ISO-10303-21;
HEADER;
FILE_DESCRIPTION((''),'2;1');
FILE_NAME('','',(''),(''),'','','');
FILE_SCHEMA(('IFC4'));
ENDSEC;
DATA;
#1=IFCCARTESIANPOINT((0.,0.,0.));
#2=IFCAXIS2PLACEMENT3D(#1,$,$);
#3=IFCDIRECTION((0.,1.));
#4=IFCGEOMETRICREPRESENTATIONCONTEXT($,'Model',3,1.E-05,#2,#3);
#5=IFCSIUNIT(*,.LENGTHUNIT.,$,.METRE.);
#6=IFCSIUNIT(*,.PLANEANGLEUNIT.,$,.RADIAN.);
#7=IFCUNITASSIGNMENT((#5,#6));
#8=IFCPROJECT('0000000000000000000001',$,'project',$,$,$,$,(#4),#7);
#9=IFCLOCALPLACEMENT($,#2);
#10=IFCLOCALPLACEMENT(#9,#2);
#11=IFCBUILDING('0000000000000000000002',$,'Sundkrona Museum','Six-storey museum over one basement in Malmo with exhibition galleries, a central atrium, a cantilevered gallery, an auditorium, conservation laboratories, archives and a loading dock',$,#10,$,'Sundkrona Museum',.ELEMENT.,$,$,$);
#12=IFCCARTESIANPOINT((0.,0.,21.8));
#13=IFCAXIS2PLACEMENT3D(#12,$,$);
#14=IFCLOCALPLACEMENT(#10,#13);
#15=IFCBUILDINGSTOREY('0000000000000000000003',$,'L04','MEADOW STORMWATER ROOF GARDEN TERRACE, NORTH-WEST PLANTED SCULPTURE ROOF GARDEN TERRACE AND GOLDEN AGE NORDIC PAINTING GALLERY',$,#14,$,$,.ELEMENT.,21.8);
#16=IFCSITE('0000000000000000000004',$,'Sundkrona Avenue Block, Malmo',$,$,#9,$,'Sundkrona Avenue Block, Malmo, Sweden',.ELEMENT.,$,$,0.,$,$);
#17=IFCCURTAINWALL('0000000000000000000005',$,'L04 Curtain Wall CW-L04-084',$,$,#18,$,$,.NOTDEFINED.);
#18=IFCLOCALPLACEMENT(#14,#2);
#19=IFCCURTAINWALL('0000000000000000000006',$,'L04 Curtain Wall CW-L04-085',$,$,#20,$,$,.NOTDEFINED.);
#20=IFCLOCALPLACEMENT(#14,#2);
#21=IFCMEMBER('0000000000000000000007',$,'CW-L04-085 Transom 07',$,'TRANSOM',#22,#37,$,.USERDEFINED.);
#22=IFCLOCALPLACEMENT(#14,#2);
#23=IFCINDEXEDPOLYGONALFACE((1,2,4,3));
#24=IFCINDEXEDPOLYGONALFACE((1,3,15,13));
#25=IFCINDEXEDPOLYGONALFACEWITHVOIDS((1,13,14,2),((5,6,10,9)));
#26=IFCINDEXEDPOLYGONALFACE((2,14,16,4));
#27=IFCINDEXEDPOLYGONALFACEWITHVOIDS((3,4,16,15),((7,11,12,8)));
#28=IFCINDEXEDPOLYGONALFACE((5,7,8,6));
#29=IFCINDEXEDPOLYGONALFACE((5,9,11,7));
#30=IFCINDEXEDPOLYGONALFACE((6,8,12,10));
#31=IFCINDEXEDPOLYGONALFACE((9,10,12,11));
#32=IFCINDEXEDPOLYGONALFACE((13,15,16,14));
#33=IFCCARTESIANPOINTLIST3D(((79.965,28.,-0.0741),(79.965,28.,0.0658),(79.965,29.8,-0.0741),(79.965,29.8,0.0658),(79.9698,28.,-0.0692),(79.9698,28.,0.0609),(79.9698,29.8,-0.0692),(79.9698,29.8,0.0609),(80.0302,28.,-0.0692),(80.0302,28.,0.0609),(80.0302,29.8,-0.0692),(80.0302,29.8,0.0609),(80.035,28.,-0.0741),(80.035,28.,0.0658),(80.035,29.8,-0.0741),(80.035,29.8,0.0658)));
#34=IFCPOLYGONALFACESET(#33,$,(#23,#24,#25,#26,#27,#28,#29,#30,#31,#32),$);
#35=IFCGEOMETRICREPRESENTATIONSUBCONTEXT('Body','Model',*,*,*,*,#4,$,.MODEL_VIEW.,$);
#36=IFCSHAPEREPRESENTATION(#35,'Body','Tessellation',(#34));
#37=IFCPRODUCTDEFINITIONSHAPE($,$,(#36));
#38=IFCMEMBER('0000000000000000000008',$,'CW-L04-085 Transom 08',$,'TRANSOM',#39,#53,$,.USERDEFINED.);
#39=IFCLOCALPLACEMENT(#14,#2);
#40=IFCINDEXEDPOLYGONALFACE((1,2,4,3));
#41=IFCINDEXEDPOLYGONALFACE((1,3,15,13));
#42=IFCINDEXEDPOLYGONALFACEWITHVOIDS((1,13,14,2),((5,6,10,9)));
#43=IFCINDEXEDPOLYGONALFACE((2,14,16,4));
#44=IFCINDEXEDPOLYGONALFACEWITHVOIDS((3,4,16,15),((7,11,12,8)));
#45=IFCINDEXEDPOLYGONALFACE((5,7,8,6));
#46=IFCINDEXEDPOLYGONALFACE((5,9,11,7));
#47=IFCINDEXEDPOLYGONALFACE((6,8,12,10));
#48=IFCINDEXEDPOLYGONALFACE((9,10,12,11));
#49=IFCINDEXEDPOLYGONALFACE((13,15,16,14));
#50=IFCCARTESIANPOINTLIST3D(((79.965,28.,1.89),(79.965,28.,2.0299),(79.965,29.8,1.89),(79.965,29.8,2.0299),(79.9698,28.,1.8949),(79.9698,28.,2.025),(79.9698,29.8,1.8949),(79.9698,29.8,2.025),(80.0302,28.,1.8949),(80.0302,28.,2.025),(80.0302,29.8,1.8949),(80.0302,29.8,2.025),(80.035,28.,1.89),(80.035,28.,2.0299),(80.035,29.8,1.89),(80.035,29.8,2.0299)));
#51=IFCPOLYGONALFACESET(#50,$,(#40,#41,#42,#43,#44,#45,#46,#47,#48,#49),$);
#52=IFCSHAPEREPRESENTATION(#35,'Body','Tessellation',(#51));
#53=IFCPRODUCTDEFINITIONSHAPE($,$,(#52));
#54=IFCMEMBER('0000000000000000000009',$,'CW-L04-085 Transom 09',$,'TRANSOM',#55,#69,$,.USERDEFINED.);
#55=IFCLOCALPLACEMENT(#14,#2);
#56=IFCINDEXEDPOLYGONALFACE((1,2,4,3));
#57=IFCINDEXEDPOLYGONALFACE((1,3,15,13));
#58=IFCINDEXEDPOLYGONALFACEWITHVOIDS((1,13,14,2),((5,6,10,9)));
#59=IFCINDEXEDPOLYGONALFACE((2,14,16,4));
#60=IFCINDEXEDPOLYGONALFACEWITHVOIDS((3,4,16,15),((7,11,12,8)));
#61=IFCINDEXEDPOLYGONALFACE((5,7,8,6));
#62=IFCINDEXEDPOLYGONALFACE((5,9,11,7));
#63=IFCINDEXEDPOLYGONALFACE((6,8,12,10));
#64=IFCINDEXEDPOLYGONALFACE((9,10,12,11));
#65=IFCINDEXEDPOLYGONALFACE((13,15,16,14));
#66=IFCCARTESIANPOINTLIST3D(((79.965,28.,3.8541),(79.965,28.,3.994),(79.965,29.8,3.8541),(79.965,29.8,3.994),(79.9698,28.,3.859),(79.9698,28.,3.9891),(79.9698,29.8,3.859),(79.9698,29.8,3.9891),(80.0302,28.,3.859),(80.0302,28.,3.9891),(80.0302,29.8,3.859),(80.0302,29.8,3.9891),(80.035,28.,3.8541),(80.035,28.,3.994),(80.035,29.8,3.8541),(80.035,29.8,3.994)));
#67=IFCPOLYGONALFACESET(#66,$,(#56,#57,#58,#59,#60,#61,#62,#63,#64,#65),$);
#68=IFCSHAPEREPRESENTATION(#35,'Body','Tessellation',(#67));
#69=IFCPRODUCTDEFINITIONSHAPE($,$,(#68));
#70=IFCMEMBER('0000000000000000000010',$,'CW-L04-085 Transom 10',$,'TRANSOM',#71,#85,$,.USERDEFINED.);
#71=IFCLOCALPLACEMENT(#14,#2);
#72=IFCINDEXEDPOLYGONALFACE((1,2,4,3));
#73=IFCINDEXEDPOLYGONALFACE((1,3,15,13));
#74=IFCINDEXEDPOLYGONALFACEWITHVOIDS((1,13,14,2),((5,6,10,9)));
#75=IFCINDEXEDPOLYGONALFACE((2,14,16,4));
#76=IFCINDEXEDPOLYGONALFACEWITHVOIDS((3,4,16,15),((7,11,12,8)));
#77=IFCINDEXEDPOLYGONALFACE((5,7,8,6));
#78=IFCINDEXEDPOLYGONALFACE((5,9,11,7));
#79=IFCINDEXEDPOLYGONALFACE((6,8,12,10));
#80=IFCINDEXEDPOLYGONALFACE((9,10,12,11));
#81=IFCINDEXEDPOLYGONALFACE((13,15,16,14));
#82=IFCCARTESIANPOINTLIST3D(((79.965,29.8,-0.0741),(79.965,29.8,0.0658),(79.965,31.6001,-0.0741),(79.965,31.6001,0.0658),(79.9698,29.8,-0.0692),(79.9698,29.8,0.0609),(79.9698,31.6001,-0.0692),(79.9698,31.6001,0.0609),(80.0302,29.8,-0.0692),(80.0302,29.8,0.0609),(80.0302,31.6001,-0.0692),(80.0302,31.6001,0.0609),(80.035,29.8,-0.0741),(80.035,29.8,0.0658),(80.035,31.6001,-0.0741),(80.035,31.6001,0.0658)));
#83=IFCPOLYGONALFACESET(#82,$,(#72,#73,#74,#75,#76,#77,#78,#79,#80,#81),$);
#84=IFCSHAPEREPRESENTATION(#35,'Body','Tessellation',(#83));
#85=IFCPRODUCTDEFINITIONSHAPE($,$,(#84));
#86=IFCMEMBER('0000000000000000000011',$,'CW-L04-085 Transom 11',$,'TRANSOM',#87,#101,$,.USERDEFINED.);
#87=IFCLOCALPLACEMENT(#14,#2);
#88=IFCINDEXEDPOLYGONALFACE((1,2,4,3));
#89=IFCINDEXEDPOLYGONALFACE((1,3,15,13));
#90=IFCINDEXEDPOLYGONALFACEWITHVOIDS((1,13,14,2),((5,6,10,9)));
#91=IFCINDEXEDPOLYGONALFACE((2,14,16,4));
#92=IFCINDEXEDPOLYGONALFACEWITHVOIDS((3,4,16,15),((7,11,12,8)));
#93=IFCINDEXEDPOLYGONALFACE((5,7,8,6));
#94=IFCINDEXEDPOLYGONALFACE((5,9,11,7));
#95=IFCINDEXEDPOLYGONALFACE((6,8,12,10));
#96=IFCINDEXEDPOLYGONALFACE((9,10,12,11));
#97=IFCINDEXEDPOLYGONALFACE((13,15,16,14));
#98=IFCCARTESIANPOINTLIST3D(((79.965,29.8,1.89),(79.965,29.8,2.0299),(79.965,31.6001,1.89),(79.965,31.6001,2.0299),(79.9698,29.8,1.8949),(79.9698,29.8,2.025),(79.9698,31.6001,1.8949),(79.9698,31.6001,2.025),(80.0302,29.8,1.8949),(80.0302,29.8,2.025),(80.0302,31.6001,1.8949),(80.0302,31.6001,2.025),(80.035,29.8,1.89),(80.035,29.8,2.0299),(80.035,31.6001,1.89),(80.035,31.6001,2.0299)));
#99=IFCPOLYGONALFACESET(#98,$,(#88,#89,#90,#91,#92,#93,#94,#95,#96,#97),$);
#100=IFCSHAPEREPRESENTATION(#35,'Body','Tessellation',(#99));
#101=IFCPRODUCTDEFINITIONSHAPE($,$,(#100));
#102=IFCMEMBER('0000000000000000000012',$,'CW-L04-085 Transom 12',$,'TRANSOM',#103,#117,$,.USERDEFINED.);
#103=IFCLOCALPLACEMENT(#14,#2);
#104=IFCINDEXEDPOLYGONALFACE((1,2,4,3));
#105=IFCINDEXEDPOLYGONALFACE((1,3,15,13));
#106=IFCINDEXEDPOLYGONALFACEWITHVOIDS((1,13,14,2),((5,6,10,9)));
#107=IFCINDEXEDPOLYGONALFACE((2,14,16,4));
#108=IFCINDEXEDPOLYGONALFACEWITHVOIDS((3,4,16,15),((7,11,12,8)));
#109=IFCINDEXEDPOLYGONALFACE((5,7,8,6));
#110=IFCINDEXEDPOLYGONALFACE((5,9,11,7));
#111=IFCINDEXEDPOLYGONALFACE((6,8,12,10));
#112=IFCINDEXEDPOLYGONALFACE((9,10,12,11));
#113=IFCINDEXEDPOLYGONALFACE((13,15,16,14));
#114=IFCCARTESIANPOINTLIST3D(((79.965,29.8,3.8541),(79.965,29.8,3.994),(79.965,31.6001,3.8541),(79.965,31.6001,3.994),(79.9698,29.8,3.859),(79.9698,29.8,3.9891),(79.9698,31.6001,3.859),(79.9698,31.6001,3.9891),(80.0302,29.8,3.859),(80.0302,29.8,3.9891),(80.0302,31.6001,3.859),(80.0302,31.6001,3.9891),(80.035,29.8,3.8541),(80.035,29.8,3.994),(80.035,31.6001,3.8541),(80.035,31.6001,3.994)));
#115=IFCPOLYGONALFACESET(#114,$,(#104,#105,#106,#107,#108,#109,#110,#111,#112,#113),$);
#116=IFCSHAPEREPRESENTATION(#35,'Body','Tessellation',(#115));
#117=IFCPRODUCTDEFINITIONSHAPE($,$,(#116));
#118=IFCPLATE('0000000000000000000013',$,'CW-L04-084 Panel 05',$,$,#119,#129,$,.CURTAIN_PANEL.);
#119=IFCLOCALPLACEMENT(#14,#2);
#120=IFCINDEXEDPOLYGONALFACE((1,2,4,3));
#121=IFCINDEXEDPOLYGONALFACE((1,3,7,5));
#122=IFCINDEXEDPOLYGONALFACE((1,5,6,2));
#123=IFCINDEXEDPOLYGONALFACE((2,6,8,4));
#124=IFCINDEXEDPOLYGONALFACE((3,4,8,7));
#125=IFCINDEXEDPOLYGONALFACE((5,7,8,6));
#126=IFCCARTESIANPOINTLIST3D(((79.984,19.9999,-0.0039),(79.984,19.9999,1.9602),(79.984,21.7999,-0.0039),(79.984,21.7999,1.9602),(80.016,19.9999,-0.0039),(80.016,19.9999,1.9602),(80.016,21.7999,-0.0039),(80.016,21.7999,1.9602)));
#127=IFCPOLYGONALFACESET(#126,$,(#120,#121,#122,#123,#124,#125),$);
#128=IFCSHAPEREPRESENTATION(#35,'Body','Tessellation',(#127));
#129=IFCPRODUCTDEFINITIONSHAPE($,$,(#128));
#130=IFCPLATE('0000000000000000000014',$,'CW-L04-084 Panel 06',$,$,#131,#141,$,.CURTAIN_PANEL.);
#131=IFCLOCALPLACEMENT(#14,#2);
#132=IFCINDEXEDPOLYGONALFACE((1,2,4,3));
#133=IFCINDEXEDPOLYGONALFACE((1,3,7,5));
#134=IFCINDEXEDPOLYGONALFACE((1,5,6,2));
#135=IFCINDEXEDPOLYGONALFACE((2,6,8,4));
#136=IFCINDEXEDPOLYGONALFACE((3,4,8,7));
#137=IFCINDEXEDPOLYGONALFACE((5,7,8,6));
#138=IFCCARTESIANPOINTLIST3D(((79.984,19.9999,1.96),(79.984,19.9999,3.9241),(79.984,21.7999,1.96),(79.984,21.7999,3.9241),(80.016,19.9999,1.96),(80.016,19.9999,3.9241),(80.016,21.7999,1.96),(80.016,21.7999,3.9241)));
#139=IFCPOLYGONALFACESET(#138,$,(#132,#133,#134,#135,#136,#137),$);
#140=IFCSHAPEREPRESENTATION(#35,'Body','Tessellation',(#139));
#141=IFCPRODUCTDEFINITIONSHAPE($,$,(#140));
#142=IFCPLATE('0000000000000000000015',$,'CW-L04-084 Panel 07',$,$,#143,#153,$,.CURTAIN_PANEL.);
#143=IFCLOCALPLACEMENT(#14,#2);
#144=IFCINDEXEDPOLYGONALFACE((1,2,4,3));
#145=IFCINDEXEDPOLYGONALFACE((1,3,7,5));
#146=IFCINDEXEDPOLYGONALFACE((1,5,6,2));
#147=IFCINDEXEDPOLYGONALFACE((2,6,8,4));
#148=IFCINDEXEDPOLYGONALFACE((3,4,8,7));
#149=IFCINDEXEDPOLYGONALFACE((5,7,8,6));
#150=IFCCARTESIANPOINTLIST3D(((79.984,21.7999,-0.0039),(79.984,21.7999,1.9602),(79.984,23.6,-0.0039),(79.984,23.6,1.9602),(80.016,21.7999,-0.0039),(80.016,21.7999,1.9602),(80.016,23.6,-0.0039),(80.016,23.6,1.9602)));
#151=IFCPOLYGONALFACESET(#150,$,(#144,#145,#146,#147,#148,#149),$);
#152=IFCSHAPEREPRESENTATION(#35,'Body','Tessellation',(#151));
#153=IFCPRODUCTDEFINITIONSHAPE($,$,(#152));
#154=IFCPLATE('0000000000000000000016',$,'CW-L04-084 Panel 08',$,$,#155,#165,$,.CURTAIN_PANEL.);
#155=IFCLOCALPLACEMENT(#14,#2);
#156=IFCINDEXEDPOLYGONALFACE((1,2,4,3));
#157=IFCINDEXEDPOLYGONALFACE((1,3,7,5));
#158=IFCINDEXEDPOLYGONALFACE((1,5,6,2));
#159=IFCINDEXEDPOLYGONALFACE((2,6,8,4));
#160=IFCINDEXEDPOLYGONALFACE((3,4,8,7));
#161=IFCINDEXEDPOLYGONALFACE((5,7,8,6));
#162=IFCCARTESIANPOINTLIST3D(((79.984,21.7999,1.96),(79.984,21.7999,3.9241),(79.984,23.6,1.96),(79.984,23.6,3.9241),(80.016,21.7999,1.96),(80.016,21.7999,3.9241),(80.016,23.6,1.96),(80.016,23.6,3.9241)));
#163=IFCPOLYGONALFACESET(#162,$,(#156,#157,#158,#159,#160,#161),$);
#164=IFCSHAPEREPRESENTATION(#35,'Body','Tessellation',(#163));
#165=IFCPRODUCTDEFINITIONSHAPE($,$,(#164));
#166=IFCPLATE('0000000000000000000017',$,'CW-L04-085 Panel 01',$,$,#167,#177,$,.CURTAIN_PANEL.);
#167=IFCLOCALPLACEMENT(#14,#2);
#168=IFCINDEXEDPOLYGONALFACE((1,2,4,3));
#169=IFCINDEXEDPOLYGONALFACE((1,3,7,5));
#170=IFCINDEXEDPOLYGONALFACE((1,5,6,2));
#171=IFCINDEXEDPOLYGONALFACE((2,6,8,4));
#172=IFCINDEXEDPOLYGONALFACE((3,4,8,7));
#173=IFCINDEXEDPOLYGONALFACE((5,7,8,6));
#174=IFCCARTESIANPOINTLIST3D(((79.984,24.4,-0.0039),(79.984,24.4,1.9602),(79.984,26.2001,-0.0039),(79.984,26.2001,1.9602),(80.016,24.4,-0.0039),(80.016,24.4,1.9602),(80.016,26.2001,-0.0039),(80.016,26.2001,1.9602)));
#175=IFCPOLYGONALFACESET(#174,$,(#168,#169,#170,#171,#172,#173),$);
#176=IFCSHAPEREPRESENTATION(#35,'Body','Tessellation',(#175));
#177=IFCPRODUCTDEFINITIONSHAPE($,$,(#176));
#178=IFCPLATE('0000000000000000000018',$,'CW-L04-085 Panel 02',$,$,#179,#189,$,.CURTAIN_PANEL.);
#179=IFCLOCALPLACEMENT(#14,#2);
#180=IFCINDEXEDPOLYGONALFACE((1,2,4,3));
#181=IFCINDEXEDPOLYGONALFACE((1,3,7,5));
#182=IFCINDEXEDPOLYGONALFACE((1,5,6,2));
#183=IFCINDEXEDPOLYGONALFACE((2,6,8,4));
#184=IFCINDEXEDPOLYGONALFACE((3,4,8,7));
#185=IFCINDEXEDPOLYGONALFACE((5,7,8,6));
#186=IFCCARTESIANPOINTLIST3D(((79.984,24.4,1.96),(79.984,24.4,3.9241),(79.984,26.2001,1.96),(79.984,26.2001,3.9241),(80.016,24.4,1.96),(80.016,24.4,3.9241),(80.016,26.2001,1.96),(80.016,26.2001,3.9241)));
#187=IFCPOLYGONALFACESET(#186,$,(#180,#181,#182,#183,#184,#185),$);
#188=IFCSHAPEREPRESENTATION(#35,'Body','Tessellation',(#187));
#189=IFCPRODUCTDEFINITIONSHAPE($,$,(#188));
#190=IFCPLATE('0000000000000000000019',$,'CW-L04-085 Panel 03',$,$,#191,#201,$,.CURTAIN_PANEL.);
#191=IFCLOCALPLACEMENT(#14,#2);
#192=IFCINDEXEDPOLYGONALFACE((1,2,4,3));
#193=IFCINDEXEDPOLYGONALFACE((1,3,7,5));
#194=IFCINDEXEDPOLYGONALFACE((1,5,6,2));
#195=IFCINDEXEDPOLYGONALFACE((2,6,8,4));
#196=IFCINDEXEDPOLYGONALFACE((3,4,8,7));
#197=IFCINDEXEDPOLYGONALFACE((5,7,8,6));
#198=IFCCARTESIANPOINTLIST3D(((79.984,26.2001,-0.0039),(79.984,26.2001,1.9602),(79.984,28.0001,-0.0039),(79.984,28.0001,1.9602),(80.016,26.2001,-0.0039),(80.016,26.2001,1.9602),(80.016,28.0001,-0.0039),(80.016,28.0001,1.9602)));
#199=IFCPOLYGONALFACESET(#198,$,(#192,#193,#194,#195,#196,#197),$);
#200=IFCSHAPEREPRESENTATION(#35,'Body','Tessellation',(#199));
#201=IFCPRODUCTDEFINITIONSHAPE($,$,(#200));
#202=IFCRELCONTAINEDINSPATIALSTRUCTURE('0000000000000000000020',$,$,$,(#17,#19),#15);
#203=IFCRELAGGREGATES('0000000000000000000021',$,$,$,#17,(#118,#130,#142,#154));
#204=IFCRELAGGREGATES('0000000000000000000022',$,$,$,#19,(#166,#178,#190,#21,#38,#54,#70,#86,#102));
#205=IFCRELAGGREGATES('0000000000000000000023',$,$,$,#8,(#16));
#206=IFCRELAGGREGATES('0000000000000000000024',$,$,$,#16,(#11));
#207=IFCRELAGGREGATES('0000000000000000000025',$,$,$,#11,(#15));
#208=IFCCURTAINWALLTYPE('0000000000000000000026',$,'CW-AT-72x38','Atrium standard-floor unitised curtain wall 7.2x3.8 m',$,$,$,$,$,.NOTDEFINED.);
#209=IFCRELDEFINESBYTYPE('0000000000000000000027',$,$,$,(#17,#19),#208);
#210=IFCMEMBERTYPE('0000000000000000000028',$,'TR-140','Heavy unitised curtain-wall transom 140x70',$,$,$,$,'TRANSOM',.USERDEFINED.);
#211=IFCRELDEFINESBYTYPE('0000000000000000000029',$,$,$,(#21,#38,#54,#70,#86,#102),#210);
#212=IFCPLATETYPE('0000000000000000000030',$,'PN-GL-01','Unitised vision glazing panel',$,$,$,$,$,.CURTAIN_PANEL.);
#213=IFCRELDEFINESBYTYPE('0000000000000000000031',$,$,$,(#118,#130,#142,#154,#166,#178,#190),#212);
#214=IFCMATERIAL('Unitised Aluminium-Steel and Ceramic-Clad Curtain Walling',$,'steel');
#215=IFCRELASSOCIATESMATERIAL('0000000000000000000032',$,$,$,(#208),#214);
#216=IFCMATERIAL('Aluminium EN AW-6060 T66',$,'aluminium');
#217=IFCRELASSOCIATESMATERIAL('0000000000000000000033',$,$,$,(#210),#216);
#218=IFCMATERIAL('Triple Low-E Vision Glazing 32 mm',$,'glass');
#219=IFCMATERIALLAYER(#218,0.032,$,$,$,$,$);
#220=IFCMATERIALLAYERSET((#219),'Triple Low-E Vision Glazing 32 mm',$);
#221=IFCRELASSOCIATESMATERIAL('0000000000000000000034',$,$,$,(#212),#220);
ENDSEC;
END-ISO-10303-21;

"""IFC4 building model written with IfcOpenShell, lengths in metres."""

from ifc_helpers import new_model, si_unit, direction, frame, origin, origin_2d, place, context, subcontext, project, spatial, rectangle, hollow_rectangle, extrude, material, layer, layer_set, material_profile, profile_set, type_object, element, aggregate, save


model = new_model("IFC4")

# Units and contexts
model_context = context("Model", 3, precision=1e-05, world=origin(), true_north=direction((0.0, 1.0)))
body_context = subcontext(model_context, "Body", "Model", "MODEL_VIEW")
ifc_project = project(units=[si_unit("LENGTHUNIT", "METRE"), si_unit("PLANEANGLEUNIT", "RADIAN")], contexts=[model_context])

# Site, building, storey
site_placement = place(None, origin())
site = spatial("IfcSite", under=ifc_project, at=site_placement, Name="Sundkrona Avenue Block, Malmo", LongName="Sundkrona Avenue Block, Malmo, Sweden", CompositionType="ELEMENT", RefElevation=0.0)
building_placement = place(site_placement, origin())
building = spatial("IfcBuilding", under=site, at=building_placement, Name="Sundkrona Museum", Description="Six-storey museum over one basement in Malmo with exhibition galleries, a central atrium, a cantilevered gallery, an auditorium, conservation laboratories, archives and a loading dock", LongName="Sundkrona Museum", CompositionType="ELEMENT")
storey_placement = place(building_placement, frame((0.0, 0.0, 21.8)))
storey = spatial("IfcBuildingStorey", under=building, at=storey_placement, Name="L04", Description="MEADOW STORMWATER ROOF GARDEN TERRACE, NORTH-WEST PLANTED SCULPTURE ROOF GARDEN TERRACE AND GOLDEN AGE NORDIC PAINTING GALLERY", CompositionType="ELEMENT", Elevation=21.8)

# Curtain walls
ifc_material_1 = material(Name="Unitised Aluminium-Steel and Ceramic-Clad Curtain Walling", Category="steel")
curtain_wall_type = type_object("IfcCurtainWallType", Name="CW-AT-72x38", Description="Atrium standard-floor unitised curtain wall 7.2x3.8 m", PredefinedType="NOTDEFINED", material=ifc_material_1)
curtain_wall_1_placement = place(storey_placement, origin())
curtain_wall_1 = element("IfcCurtainWall", 1, at=curtain_wall_1_placement, inside=storey, type_object=curtain_wall_type, Name="L04 Curtain Wall CW-L04-084", PredefinedType="NOTDEFINED")
ifc_material_2 = material(Name="Aluminium EN AW-6060 T66", Category="aluminium")
curtain_wall_2_placement = place(storey_placement, origin())
curtain_wall_2 = element("IfcCurtainWall", 2, at=curtain_wall_2_placement, inside=storey, type_object=curtain_wall_type, Name="L04 Curtain Wall CW-L04-085", PredefinedType="NOTDEFINED")

# Members
ifc_material_profile_1 = material_profile(ifc_material_2, hollow_rectangle(XDim=0.0701, YDim=0.1399, WallThickness=0.0049, at=origin_2d()), Name="RHS 140x70x5.0")
ifc_profile_set_1 = profile_set([ifc_material_profile_1], Name="Aluminium EN AW-6060 T66")
member_type_1 = type_object("IfcMemberType", Name="TR-140", Description="Heavy unitised curtain-wall transom 140x70", ElementType="TRANSOM", PredefinedType="USERDEFINED", material=ifc_profile_set_1)
member_1_placement = place(storey_placement, frame((80.0, 28.0, -0.0042), z_axis=(0.0, 1.0, 0.0), x_axis=(-1.0, 0.0, 0.0)))
member_1 = element("IfcMember", 3, at=member_1_placement, type_object=member_type_1, Name="CW-L04-085 Transom 07", ObjectType="TRANSOM", PredefinedType="USERDEFINED", context=body_context, shape_type="SweptSolid", body=[
    extrude(hollow_rectangle(XDim=0.0701, YDim=0.1399, WallThickness=0.0049, at=origin_2d()), origin(), (0.0, 0.0, 1.0), 1.8),
])
member_2_placement = place(storey_placement, frame((80.0, 28.0, 1.96), z_axis=(0.0, 1.0, 0.0), x_axis=(-1.0, 0.0, 0.0)))
member_2 = element("IfcMember", 4, at=member_2_placement, type_object=member_type_1, Name="CW-L04-085 Transom 08", ObjectType="TRANSOM", PredefinedType="USERDEFINED", context=body_context, shape_type="SweptSolid", body=[
    extrude(hollow_rectangle(XDim=0.0701, YDim=0.1399, WallThickness=0.0049, at=origin_2d()), origin(), (0.0, 0.0, 1.0), 1.8),
])
member_3_placement = place(storey_placement, frame((80.0, 28.0, 3.9241), z_axis=(0.0, 1.0, 0.0), x_axis=(-1.0, 0.0, 0.0)))
member_3 = element("IfcMember", 5, at=member_3_placement, type_object=member_type_1, Name="CW-L04-085 Transom 09", ObjectType="TRANSOM", PredefinedType="USERDEFINED", context=body_context, shape_type="SweptSolid", body=[
    extrude(hollow_rectangle(XDim=0.0701, YDim=0.1399, WallThickness=0.0049, at=origin_2d()), origin(), (0.0, 0.0, 1.0), 1.8),
])
member_4_placement = place(storey_placement, frame((80.0, 29.8, -0.0042), z_axis=(0.0, 1.0, 0.0), x_axis=(-1.0, 0.0, 0.0)))
member_4 = element("IfcMember", 6, at=member_4_placement, type_object=member_type_1, Name="CW-L04-085 Transom 10", ObjectType="TRANSOM", PredefinedType="USERDEFINED", context=body_context, shape_type="SweptSolid", body=[
    extrude(hollow_rectangle(XDim=0.0701, YDim=0.1399, WallThickness=0.0049, at=origin_2d()), origin(), (0.0, 0.0, 1.0), 1.8),
])
member_5_placement = place(storey_placement, frame((80.0, 29.8, 1.96), z_axis=(0.0, 1.0, 0.0), x_axis=(-1.0, 0.0, 0.0)))
member_5 = element("IfcMember", 7, at=member_5_placement, type_object=member_type_1, Name="CW-L04-085 Transom 11", ObjectType="TRANSOM", PredefinedType="USERDEFINED", context=body_context, shape_type="SweptSolid", body=[
    extrude(hollow_rectangle(XDim=0.0701, YDim=0.1399, WallThickness=0.0049, at=origin_2d()), origin(), (0.0, 0.0, 1.0), 1.8),
])
member_6_placement = place(storey_placement, frame((80.0, 29.8, 3.9241), z_axis=(0.0, 1.0, 0.0), x_axis=(-1.0, 0.0, 0.0)))
member_6 = element("IfcMember", 8, at=member_6_placement, type_object=member_type_1, Name="CW-L04-085 Transom 12", ObjectType="TRANSOM", PredefinedType="USERDEFINED", context=body_context, shape_type="SweptSolid", body=[
    extrude(hollow_rectangle(XDim=0.0701, YDim=0.1399, WallThickness=0.0049, at=origin_2d()), origin(), (0.0, 0.0, 1.0), 1.8),
])

# Plates
ifc_material_3 = material(Name="Triple Low-E Vision Glazing 32 mm", Category="glass")
ifc_layer = layer(ifc_material_3, 0.032)
ifc_layer_set = layer_set([ifc_layer], Name="Triple Low-E Vision Glazing 32 mm")
plate_type = type_object("IfcPlateType", Name="PN-GL-01", Description="Unitised vision glazing panel", PredefinedType="CURTAIN_PANEL", material=ifc_layer_set)
plate_1_placement = place(storey_placement, frame((80.0, 20.8999, -0.0039), z_axis=(0.0, 0.0, 1.0), x_axis=(0.0, 1.0, 0.0)))
plate_1 = element("IfcPlate", 9, at=plate_1_placement, type_object=plate_type, Name="CW-L04-084 Panel 05", PredefinedType="CURTAIN_PANEL", context=body_context, shape_type="SweptSolid", body=[
    extrude(rectangle(XDim=1.8, YDim=0.032, at=origin_2d()), origin(), (0.0, 0.0, 1.0), 1.9641),
])
plate_2_placement = place(storey_placement, frame((80.0, 20.8999, 1.96), z_axis=(0.0, 0.0, 1.0), x_axis=(0.0, 1.0, 0.0)))
plate_2 = element("IfcPlate", 10, at=plate_2_placement, type_object=plate_type, Name="CW-L04-084 Panel 06", PredefinedType="CURTAIN_PANEL", context=body_context, shape_type="SweptSolid", body=[
    extrude(rectangle(XDim=1.8, YDim=0.032, at=origin_2d()), origin(), (0.0, 0.0, 1.0), 1.9641),
])
plate_3_placement = place(storey_placement, frame((80.0, 22.7, -0.0039), z_axis=(0.0, 0.0, 1.0), x_axis=(0.0, 1.0, 0.0)))
plate_3 = element("IfcPlate", 11, at=plate_3_placement, type_object=plate_type, Name="CW-L04-084 Panel 07", PredefinedType="CURTAIN_PANEL", context=body_context, shape_type="SweptSolid", body=[
    extrude(rectangle(XDim=1.8, YDim=0.032, at=origin_2d()), origin(), (0.0, 0.0, 1.0), 1.9641),
])
plate_4_placement = place(storey_placement, frame((80.0, 22.7, 1.96), z_axis=(0.0, 0.0, 1.0), x_axis=(0.0, 1.0, 0.0)))
plate_4 = element("IfcPlate", 12, at=plate_4_placement, type_object=plate_type, Name="CW-L04-084 Panel 08", PredefinedType="CURTAIN_PANEL", context=body_context, shape_type="SweptSolid", body=[
    extrude(rectangle(XDim=1.8, YDim=0.032, at=origin_2d()), origin(), (0.0, 0.0, 1.0), 1.9641),
])
aggregate(curtain_wall_1, [plate_1, plate_2, plate_3, plate_4])
plate_5_placement = place(storey_placement, frame((80.0, 25.3, -0.0039), z_axis=(0.0, 0.0, 1.0), x_axis=(0.0, 1.0, 0.0)))
plate_5 = element("IfcPlate", 13, at=plate_5_placement, type_object=plate_type, Name="CW-L04-085 Panel 01", PredefinedType="CURTAIN_PANEL", context=body_context, shape_type="SweptSolid", body=[
    extrude(rectangle(XDim=1.8, YDim=0.032, at=origin_2d()), origin(), (0.0, 0.0, 1.0), 1.9641),
])
plate_6_placement = place(storey_placement, frame((80.0, 25.3, 1.96), z_axis=(0.0, 0.0, 1.0), x_axis=(0.0, 1.0, 0.0)))
plate_6 = element("IfcPlate", 14, at=plate_6_placement, type_object=plate_type, Name="CW-L04-085 Panel 02", PredefinedType="CURTAIN_PANEL", context=body_context, shape_type="SweptSolid", body=[
    extrude(rectangle(XDim=1.8, YDim=0.032, at=origin_2d()), origin(), (0.0, 0.0, 1.0), 1.9641),
])
plate_7_placement = place(storey_placement, frame((80.0, 27.1001, -0.0039), z_axis=(0.0, 0.0, 1.0), x_axis=(0.0, 1.0, 0.0)))
plate_7 = element("IfcPlate", 15, at=plate_7_placement, type_object=plate_type, Name="CW-L04-085 Panel 03", PredefinedType="CURTAIN_PANEL", context=body_context, shape_type="SweptSolid", body=[
    extrude(rectangle(XDim=1.8, YDim=0.032, at=origin_2d()), origin(), (0.0, 0.0, 1.0), 1.9641),
])
aggregate(curtain_wall_2, [plate_5, plate_6, plate_7, member_1, member_2, member_3, member_4, member_5, member_6])

save(model, "model.ifc")
